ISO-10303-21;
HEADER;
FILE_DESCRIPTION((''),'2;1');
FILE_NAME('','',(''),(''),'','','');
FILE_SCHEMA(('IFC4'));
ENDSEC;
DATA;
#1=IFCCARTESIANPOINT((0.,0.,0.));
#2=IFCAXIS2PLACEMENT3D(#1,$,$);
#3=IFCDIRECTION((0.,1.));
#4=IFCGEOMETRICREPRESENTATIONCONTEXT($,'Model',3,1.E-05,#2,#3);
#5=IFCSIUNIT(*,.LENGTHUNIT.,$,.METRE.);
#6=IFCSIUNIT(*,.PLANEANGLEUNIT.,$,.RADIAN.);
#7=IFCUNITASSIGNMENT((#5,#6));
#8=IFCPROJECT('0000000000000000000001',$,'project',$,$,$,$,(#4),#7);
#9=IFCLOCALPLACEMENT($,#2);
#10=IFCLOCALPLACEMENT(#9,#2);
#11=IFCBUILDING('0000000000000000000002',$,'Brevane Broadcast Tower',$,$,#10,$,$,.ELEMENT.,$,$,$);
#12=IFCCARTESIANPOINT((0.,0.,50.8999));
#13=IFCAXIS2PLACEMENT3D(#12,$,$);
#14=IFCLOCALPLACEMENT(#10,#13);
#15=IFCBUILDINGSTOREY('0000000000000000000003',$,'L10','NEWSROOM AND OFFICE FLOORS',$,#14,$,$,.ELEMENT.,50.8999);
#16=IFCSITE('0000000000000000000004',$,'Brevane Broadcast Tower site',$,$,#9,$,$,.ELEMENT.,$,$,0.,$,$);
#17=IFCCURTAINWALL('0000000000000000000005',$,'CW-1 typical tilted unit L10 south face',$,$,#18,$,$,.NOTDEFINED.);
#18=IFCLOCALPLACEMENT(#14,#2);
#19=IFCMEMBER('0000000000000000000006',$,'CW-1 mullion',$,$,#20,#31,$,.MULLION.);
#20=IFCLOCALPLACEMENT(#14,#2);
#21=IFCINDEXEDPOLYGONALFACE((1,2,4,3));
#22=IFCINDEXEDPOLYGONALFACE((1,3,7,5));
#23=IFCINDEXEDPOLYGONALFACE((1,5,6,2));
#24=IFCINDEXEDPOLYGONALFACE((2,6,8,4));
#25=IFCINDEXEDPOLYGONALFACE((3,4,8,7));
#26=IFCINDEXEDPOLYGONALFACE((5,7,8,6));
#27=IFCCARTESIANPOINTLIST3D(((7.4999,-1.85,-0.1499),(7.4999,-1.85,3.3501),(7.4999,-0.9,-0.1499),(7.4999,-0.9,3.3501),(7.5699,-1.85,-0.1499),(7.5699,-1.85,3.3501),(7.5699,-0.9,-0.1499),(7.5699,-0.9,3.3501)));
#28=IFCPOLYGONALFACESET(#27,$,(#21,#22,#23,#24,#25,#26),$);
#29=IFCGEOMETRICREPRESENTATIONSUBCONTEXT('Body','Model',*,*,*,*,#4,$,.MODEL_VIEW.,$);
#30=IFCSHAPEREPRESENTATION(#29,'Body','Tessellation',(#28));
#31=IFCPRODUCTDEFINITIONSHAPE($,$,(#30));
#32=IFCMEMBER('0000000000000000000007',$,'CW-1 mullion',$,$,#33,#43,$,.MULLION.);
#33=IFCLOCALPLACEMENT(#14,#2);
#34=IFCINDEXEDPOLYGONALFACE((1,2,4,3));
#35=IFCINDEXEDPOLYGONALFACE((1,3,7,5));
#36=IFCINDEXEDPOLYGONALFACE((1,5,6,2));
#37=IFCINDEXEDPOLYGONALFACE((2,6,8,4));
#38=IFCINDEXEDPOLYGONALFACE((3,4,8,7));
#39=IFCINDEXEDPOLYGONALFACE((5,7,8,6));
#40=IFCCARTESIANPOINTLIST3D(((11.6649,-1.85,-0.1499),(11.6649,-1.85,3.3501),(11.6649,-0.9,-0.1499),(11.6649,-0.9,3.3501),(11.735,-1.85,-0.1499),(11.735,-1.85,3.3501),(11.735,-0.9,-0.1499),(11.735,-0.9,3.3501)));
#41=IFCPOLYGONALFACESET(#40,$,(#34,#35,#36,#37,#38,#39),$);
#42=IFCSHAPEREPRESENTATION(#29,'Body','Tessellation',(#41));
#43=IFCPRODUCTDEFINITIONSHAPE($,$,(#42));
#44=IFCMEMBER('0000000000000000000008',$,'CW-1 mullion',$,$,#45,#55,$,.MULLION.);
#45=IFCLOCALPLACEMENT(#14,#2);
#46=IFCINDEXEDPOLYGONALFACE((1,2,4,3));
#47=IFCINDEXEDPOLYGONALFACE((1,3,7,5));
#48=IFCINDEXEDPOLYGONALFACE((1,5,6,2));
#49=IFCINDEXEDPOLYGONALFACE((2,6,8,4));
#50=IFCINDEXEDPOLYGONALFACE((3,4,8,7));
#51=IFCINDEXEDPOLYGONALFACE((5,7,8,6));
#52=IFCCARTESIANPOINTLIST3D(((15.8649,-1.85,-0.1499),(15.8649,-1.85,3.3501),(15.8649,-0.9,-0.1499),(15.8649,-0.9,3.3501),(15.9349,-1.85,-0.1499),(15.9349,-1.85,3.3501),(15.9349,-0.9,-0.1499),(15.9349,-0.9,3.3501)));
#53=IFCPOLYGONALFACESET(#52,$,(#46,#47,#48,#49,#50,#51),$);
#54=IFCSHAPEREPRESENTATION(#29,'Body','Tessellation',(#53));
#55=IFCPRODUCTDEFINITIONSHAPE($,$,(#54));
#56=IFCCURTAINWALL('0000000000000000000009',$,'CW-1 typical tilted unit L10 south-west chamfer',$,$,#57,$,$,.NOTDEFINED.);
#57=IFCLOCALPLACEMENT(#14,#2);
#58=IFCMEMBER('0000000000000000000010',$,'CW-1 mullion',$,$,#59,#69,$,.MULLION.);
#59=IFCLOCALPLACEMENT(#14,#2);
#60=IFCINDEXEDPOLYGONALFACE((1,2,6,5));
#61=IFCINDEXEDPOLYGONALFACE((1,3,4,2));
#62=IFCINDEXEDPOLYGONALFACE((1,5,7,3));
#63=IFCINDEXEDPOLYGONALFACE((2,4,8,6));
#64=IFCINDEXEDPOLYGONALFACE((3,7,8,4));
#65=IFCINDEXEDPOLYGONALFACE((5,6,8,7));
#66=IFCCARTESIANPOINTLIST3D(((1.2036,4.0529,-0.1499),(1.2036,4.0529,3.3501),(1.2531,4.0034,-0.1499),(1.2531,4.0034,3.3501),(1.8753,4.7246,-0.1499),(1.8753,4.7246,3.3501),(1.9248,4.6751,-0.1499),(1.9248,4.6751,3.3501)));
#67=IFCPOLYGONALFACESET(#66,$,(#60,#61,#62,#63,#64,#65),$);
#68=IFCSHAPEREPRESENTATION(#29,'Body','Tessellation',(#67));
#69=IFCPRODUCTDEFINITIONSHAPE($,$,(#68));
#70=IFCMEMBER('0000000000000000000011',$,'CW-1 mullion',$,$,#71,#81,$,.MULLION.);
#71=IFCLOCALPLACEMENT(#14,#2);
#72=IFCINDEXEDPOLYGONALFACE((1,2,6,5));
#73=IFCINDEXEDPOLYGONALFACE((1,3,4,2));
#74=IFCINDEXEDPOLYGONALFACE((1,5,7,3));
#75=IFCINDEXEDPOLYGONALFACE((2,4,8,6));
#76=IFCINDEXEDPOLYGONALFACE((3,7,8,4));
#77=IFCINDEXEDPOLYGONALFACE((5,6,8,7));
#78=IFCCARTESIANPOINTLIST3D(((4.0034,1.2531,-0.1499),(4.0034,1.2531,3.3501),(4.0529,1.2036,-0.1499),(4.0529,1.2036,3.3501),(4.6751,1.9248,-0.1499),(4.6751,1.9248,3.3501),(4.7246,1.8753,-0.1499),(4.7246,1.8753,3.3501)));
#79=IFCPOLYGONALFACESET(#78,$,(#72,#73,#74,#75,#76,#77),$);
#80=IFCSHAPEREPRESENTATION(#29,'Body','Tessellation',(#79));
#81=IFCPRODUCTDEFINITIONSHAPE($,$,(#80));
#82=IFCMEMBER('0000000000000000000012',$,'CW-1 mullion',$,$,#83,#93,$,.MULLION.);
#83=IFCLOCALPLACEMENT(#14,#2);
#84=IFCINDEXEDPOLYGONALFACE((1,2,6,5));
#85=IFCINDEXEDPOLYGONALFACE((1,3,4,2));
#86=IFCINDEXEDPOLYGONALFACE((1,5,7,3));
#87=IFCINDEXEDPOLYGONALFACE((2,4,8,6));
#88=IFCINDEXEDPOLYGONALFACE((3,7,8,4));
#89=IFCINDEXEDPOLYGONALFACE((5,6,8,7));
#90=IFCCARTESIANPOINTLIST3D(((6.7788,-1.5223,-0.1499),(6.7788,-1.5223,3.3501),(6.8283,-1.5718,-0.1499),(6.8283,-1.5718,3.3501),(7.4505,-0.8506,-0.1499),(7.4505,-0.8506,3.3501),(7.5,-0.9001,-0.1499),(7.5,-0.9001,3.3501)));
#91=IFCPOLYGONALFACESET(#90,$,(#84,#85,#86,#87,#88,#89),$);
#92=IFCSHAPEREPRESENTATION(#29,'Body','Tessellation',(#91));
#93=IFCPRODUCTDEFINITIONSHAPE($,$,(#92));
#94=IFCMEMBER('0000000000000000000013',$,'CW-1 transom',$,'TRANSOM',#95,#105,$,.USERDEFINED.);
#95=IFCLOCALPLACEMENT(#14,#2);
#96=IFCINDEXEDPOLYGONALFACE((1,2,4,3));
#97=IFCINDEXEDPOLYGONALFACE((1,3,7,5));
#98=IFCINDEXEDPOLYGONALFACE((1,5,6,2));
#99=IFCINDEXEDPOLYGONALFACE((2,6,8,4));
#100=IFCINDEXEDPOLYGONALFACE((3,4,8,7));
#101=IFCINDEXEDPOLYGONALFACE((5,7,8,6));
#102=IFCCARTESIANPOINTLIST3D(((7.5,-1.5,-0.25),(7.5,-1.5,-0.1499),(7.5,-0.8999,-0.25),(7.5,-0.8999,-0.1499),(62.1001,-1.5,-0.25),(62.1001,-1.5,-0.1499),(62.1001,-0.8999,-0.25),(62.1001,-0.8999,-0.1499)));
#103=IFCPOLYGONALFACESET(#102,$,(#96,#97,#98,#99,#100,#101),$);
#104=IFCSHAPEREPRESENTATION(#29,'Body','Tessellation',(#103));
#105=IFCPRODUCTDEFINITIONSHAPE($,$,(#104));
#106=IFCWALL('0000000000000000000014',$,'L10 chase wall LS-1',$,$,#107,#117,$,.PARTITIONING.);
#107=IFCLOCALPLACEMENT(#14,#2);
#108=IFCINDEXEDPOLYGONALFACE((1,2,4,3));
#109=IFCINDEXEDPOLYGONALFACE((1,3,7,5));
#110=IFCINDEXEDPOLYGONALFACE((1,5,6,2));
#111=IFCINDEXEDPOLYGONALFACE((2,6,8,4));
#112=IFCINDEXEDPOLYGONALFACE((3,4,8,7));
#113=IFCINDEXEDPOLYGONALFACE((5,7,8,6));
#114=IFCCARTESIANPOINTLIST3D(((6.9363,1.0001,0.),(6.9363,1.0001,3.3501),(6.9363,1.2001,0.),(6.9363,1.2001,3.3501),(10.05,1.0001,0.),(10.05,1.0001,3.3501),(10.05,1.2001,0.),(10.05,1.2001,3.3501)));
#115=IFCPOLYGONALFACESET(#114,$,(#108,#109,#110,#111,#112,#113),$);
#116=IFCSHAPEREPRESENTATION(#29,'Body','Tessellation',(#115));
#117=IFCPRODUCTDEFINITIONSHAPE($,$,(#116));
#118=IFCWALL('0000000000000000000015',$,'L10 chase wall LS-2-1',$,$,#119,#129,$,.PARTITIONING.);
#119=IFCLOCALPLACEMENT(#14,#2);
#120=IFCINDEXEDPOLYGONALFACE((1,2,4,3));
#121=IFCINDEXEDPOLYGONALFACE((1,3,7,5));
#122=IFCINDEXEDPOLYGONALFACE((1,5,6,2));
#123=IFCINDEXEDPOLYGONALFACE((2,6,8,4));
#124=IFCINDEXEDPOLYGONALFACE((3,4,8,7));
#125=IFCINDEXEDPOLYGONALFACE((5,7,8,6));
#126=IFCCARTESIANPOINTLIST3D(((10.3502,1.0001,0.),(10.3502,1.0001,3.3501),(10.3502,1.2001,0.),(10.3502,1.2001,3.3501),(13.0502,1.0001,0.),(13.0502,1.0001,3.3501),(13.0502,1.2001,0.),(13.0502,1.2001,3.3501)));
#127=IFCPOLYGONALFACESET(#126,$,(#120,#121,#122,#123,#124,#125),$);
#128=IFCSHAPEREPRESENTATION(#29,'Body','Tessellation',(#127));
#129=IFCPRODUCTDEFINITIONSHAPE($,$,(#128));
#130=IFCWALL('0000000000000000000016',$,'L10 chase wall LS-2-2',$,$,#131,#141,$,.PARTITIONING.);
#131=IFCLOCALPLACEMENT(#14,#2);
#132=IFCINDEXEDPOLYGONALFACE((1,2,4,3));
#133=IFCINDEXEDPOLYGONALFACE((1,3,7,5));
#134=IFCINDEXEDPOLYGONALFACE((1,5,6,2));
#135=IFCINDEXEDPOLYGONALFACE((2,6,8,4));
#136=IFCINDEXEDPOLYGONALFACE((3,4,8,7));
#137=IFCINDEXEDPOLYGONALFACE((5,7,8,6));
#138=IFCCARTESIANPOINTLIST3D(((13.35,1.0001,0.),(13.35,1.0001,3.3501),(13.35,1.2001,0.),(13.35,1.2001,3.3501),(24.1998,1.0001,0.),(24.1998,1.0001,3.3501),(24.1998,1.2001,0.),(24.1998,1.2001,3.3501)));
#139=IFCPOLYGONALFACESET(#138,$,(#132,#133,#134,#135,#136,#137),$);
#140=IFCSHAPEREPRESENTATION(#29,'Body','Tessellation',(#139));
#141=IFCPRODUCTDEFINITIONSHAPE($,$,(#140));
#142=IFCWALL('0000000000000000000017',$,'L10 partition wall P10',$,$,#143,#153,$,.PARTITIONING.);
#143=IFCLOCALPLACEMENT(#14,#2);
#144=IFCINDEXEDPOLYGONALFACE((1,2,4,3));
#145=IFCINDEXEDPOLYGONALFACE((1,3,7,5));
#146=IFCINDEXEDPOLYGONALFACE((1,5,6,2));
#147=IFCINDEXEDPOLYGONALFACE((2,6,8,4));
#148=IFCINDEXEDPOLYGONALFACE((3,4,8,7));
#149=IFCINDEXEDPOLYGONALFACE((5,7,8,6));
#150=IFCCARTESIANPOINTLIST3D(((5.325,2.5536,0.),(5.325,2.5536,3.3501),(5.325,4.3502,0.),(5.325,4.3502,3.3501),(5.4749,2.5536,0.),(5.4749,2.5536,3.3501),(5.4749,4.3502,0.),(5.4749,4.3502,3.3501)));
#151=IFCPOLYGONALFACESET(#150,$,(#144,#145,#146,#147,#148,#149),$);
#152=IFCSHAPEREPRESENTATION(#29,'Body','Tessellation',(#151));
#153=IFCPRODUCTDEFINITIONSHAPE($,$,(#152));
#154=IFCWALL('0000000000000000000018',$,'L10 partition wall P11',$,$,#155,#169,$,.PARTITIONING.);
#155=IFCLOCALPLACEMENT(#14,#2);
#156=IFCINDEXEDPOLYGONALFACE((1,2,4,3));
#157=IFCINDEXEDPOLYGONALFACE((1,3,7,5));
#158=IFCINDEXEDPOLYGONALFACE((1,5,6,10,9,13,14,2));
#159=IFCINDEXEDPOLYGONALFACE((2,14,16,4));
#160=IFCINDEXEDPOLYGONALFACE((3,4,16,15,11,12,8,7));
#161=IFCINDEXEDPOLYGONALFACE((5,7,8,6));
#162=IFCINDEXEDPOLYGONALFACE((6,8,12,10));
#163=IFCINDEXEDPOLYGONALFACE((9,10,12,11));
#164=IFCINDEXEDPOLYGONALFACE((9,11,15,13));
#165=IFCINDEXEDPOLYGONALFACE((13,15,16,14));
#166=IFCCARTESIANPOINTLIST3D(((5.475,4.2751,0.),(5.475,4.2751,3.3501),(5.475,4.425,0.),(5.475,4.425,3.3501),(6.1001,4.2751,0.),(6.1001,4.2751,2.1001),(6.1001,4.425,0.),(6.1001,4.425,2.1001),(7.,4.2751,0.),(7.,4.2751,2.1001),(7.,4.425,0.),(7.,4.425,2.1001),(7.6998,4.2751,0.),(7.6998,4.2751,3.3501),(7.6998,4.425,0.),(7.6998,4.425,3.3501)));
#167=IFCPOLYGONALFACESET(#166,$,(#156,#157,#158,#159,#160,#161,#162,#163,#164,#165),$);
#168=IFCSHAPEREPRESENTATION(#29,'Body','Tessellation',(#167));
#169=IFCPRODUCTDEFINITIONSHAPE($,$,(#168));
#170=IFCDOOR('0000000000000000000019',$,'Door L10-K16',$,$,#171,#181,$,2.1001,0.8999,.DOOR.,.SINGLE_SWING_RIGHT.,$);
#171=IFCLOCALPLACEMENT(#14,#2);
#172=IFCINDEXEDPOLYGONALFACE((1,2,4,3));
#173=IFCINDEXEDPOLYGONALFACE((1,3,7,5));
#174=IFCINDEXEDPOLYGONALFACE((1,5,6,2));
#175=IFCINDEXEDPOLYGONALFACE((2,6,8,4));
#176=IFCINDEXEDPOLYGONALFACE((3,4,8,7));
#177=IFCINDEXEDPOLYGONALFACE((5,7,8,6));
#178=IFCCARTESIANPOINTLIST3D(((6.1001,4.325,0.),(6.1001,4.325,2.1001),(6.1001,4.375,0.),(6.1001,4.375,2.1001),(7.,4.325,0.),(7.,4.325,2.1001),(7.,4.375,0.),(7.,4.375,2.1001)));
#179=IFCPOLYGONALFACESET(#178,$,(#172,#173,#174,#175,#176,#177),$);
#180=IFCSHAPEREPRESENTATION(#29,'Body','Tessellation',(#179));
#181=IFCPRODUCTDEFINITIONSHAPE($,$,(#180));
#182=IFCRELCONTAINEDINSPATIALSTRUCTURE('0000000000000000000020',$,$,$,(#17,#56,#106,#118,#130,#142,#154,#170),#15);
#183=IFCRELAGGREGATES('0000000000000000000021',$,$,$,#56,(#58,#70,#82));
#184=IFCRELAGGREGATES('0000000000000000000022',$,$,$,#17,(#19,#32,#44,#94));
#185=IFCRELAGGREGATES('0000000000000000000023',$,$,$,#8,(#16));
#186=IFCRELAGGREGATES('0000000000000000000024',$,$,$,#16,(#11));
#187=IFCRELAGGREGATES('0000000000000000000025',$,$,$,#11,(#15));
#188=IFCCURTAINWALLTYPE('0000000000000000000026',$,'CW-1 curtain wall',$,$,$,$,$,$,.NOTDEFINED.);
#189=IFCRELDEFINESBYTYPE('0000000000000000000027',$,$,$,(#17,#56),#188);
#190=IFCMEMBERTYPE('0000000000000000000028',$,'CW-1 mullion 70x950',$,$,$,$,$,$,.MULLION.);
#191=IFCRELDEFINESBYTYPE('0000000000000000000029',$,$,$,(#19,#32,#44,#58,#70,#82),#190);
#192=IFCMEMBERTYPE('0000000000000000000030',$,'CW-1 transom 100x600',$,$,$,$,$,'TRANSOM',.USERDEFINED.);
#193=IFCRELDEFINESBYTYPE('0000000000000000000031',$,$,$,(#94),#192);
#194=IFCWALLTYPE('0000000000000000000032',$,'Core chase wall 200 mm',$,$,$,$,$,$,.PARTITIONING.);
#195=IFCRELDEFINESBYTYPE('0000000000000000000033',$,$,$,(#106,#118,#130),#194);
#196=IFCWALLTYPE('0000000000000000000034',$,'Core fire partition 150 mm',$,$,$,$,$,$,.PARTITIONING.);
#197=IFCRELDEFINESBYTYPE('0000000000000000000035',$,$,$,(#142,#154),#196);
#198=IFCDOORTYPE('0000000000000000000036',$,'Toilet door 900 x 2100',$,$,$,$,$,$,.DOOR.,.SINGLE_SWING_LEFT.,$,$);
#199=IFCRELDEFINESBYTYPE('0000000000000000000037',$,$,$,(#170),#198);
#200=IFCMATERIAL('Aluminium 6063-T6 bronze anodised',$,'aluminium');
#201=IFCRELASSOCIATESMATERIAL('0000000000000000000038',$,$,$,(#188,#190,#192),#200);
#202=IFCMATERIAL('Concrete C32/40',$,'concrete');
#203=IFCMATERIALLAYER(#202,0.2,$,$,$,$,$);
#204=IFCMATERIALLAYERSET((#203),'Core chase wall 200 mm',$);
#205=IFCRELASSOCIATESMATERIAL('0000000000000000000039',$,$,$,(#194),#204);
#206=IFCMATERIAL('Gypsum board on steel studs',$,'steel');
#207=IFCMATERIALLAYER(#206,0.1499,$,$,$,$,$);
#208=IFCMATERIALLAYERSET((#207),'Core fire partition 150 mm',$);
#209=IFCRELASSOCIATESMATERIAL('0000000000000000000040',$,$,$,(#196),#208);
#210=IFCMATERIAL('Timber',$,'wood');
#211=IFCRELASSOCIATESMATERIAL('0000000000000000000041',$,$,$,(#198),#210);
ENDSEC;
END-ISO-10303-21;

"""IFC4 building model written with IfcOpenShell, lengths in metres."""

from ifc_helpers import new_model, si_unit, direction, frame, frame_2d, origin, origin_2d, place, context, subcontext, project, spatial, rectangle, extrude, material, layer, layer_set, material_profile, profile_set, type_object, element, fill, aggregate, save


model = new_model("IFC4")

# Units and contexts
model_context = context("Model", 3, precision=1e-05, world=origin(), true_north=direction((0.0, 1.0)))
body_context = subcontext(model_context, "Body", "Model", "MODEL_VIEW")
ifc_project = project(units=[si_unit("LENGTHUNIT", "METRE"), si_unit("PLANEANGLEUNIT", "RADIAN")], contexts=[model_context])

# Site, building, storey
site_placement = place(None, origin())
site = spatial("IfcSite", under=ifc_project, at=site_placement, Name="Brevane Broadcast Tower site", CompositionType="ELEMENT", RefElevation=0.0)
building_placement = place(site_placement, origin())
building = spatial("IfcBuilding", under=site, at=building_placement, Name="Brevane Broadcast Tower", CompositionType="ELEMENT")
storey_placement = place(building_placement, frame((0.0, 0.0, 50.8999)))
storey = spatial("IfcBuildingStorey", under=building, at=storey_placement, Name="L10", Description="NEWSROOM AND OFFICE FLOORS", CompositionType="ELEMENT", Elevation=50.8999)

# Curtain walls, members
ifc_material_1 = material(Name="Aluminium 6063-T6 bronze anodised", Category="aluminium")
curtain_wall_type = type_object("IfcCurtainWallType", Name="CW-1 curtain wall", PredefinedType="NOTDEFINED", material=ifc_material_1)
curtain_wall_1_placement = place(storey_placement, origin())
curtain_wall_1 = element("IfcCurtainWall", 1, at=curtain_wall_1_placement, inside=storey, type_object=curtain_wall_type, Name="CW-1 typical tilted unit L10 south face", PredefinedType="NOTDEFINED")
ifc_material_profile_1 = material_profile(ifc_material_1, rectangle(XDim=0.95, YDim=0.0701, at=origin_2d()), Name="RECT 70x950")
ifc_profile_set_1 = profile_set([ifc_material_profile_1], Name="Aluminium 6063-T6 bronze anodised")
member_type_1 = type_object("IfcMemberType", Name="CW-1 mullion 70x950", PredefinedType="MULLION", material=ifc_profile_set_1)
member_1_placement = place(storey_placement, frame((7.5349, -1.375, -0.1499), z_axis=(0.0, 0.0, 1.0), x_axis=(0.0, 1.0, 0.0)))
member_1 = element("IfcMember", 2, at=member_1_placement, type_object=member_type_1, Name="CW-1 mullion", PredefinedType="MULLION", context=body_context, shape_type="SweptSolid", body=[
    extrude(rectangle(XDim=0.95, YDim=0.0701, at=origin_2d()), origin(), (0.0, 0.0, 1.0), 3.5),
])
member_2_placement = place(storey_placement, frame((11.7, -1.375, -0.1499), z_axis=(0.0, 0.0, 1.0), x_axis=(0.0, 1.0, 0.0)))
member_2 = element("IfcMember", 3, at=member_2_placement, type_object=member_type_1, Name="CW-1 mullion", PredefinedType="MULLION", context=body_context, shape_type="SweptSolid", body=[
    extrude(rectangle(XDim=0.95, YDim=0.0701, at=origin_2d()), origin(), (0.0, 0.0, 1.0), 3.5),
])
member_3_placement = place(storey_placement, frame((15.8999, -1.375, -0.1499), z_axis=(0.0, 0.0, 1.0), x_axis=(0.0, 1.0, 0.0)))
member_3 = element("IfcMember", 4, at=member_3_placement, type_object=member_type_1, Name="CW-1 mullion", PredefinedType="MULLION", context=body_context, shape_type="SweptSolid", body=[
    extrude(rectangle(XDim=0.95, YDim=0.0701, at=origin_2d()), origin(), (0.0, 0.0, 1.0), 3.5),
])
curtain_wall_2_placement = place(storey_placement, origin())
curtain_wall_2 = element("IfcCurtainWall", 5, at=curtain_wall_2_placement, inside=storey, type_object=curtain_wall_type, Name="CW-1 typical tilted unit L10 south-west chamfer", PredefinedType="NOTDEFINED")
member_4_placement = place(storey_placement, frame((1.5642, 4.364, -0.1499), z_axis=(0.0, 0.0, 1.0), x_axis=(0.707107, 0.707107, 0.0)))
member_4 = element("IfcMember", 6, at=member_4_placement, type_object=member_type_1, Name="CW-1 mullion", PredefinedType="MULLION", context=body_context, shape_type="SweptSolid", body=[
    extrude(rectangle(XDim=0.95, YDim=0.0701, at=origin_2d()), origin(), (0.0, 0.0, 1.0), 3.5),
])
member_5_placement = place(storey_placement, frame((4.364, 1.5642, -0.1499), z_axis=(0.0, 0.0, 1.0), x_axis=(0.707107, 0.707107, 0.0)))
member_5 = element("IfcMember", 7, at=member_5_placement, type_object=member_type_1, Name="CW-1 mullion", PredefinedType="MULLION", context=body_context, shape_type="SweptSolid", body=[
    extrude(rectangle(XDim=0.95, YDim=0.0701, at=origin_2d()), origin(), (0.0, 0.0, 1.0), 3.5),
])
member_6_placement = place(storey_placement, frame((7.1394, -1.2112, -0.1499), z_axis=(0.0, 0.0, 1.0), x_axis=(0.707107, 0.707107, 0.0)))
member_6 = element("IfcMember", 8, at=member_6_placement, type_object=member_type_1, Name="CW-1 mullion", PredefinedType="MULLION", context=body_context, shape_type="SweptSolid", body=[
    extrude(rectangle(XDim=0.95, YDim=0.0701, at=origin_2d()), origin(), (0.0, 0.0, 1.0), 3.5),
])
aggregate(curtain_wall_2, [member_4, member_5, member_6])

# Member
ifc_material_profile_2 = material_profile(ifc_material_1, rectangle(XDim=0.6001, YDim=0.1001, at=origin_2d()), Name="RECT 100x600")
ifc_profile_set_2 = profile_set([ifc_material_profile_2], Name="Aluminium 6063-T6 bronze anodised")
member_type_2 = type_object("IfcMemberType", Name="CW-1 transom 100x600", ElementType="TRANSOM", PredefinedType="USERDEFINED", material=ifc_profile_set_2)
member_7_placement = place(storey_placement, frame((7.5, -1.2, -0.2), z_axis=(1.0, 0.0, 0.0), x_axis=(0.0, 1.0, 0.0)))
member_7 = element("IfcMember", 9, at=member_7_placement, type_object=member_type_2, Name="CW-1 transom", ObjectType="TRANSOM", PredefinedType="USERDEFINED", context=body_context, shape_type="SweptSolid", body=[
    extrude(rectangle(XDim=0.6001, YDim=0.1001, at=origin_2d()), origin(), (0.0, 0.0, 1.0), 54.6001),
])
aggregate(curtain_wall_1, [member_1, member_2, member_3, member_7])

# Walls
ifc_material_2 = material(Name="Concrete C32/40", Category="concrete")
ifc_layer_1 = layer(ifc_material_2, 0.2)
ifc_layer_set_1 = layer_set([ifc_layer_1], Name="Core chase wall 200 mm")
wall_type_1 = type_object("IfcWallType", Name="Core chase wall 200 mm", PredefinedType="PARTITIONING", material=ifc_layer_set_1)
wall_1_placement = place(storey_placement, frame((6.9363, 1.1001, 0.0), z_axis=(0.0, 0.0, 1.0), x_axis=(1.0, 0.0, 0.0)))
element("IfcWall", 10, at=wall_1_placement, inside=storey, type_object=wall_type_1, Name="L10 chase wall LS-1", PredefinedType="PARTITIONING", context=body_context, shape_type="SweptSolid", body=[
    extrude(rectangle(XDim=3.1138, YDim=0.2, at=frame_2d((1.5569, 0.0))), origin(), (0.0, 0.0, 1.0), 3.3501),
])
wall_2_placement = place(storey_placement, frame((10.3501, 1.1001, 0.0), z_axis=(0.0, 0.0, 1.0), x_axis=(1.0, 0.0, 0.0)))
element("IfcWall", 11, at=wall_2_placement, inside=storey, type_object=wall_type_1, Name="L10 chase wall LS-2-1", PredefinedType="PARTITIONING", context=body_context, shape_type="SweptSolid", body=[
    extrude(rectangle(XDim=2.7, YDim=0.2, at=frame_2d((1.3501, 0.0))), origin(), (0.0, 0.0, 1.0), 3.3501),
])
wall_3_placement = place(storey_placement, frame((13.3501, 1.1001, 0.0), z_axis=(0.0, 0.0, 1.0), x_axis=(1.0, 0.0, 0.0)))
element("IfcWall", 12, at=wall_3_placement, inside=storey, type_object=wall_type_1, Name="L10 chase wall LS-2-2", PredefinedType="PARTITIONING", context=body_context, shape_type="SweptSolid", body=[
    extrude(rectangle(XDim=10.8499, YDim=0.2, at=frame_2d((5.4248, 0.0))), origin(), (0.0, 0.0, 1.0), 3.3501),
])
ifc_material_3 = material(Name="Gypsum board on steel studs", Category="steel")
ifc_layer_2 = layer(ifc_material_3, 0.1499)
ifc_layer_set_2 = layer_set([ifc_layer_2], Name="Core fire partition 150 mm")
wall_type_2 = type_object("IfcWallType", Name="Core fire partition 150 mm", PredefinedType="PARTITIONING", material=ifc_layer_set_2)
wall_4_placement = place(storey_placement, frame((5.3999, 2.5535, 0.0), z_axis=(0.0, 0.0, 1.0), x_axis=(0.0, 1.0, 0.0)))
element("IfcWall", 13, at=wall_4_placement, inside=storey, type_object=wall_type_2, Name="L10 partition wall P10", PredefinedType="PARTITIONING", context=body_context, shape_type="SweptSolid", body=[
    extrude(rectangle(XDim=1.7966, YDim=0.1499, at=frame_2d((0.8984, 0.0))), origin(), (0.0, 0.0, 1.0), 3.3501),
])

# Wall, opening, door
wall_5_placement = place(storey_placement, frame((5.4751, 4.3501, 0.0), z_axis=(0.0, 0.0, 1.0), x_axis=(1.0, 0.0, 0.0)))
wall_5 = element("IfcWall", 14, at=wall_5_placement, inside=storey, type_object=wall_type_2, Name="L10 partition wall P11", PredefinedType="PARTITIONING", context=body_context, shape_type="SweptSolid", body=[
    extrude(rectangle(XDim=2.2249, YDim=0.1499, at=frame_2d((1.1123, 0.0))), origin(), (0.0, 0.0, 1.0), 3.3501),
])
opening_1_placement = place(wall_5_placement, frame((0.625, 0.0, 0.0)))
opening_1 = element("IfcOpeningElement", 15, at=opening_1_placement, cuts=wall_5, PredefinedType="OPENING", context=body_context, shape_type="SweptSolid", body=[
    extrude(rectangle(XDim=0.8999, YDim=2.1001, at=frame_2d((0.45, 1.05))), frame((0.0, 0.085, 0.0), z_axis=(0.0, -1.0, 0.0), x_axis=(1.0, 0.0, 0.0)), (0.0, 0.0, 1.0), 0.1699),
])
ifc_material_4 = material(Name="Timber", Category="wood")
door_type_1 = type_object("IfcDoorType", Name="Toilet door 900 x 2100", OperationType="SINGLE_SWING_LEFT", PredefinedType="DOOR", material=ifc_material_4)
door_1_placement = place(opening_1_placement, origin())
door_1 = element("IfcDoor", 16, at=door_1_placement, inside=storey, type_object=door_type_1, Name="Door L10-K16", OperationType="SINGLE_SWING_RIGHT", OverallHeight=2.1001, OverallWidth=0.8999, PredefinedType="DOOR", context=body_context, shape_type="SweptSolid", body=[
    extrude(rectangle(XDim=0.8999, YDim=2.1001, at=frame_2d((0.45, 1.05))), frame((0.0, 0.0249, 0.0), z_axis=(0.0, -1.0, 0.0), x_axis=(1.0, 0.0, 0.0)), (0.0, 0.0, 1.0), 0.05),
])
fill(opening_1, door_1)

save(model, "model.ifc")
